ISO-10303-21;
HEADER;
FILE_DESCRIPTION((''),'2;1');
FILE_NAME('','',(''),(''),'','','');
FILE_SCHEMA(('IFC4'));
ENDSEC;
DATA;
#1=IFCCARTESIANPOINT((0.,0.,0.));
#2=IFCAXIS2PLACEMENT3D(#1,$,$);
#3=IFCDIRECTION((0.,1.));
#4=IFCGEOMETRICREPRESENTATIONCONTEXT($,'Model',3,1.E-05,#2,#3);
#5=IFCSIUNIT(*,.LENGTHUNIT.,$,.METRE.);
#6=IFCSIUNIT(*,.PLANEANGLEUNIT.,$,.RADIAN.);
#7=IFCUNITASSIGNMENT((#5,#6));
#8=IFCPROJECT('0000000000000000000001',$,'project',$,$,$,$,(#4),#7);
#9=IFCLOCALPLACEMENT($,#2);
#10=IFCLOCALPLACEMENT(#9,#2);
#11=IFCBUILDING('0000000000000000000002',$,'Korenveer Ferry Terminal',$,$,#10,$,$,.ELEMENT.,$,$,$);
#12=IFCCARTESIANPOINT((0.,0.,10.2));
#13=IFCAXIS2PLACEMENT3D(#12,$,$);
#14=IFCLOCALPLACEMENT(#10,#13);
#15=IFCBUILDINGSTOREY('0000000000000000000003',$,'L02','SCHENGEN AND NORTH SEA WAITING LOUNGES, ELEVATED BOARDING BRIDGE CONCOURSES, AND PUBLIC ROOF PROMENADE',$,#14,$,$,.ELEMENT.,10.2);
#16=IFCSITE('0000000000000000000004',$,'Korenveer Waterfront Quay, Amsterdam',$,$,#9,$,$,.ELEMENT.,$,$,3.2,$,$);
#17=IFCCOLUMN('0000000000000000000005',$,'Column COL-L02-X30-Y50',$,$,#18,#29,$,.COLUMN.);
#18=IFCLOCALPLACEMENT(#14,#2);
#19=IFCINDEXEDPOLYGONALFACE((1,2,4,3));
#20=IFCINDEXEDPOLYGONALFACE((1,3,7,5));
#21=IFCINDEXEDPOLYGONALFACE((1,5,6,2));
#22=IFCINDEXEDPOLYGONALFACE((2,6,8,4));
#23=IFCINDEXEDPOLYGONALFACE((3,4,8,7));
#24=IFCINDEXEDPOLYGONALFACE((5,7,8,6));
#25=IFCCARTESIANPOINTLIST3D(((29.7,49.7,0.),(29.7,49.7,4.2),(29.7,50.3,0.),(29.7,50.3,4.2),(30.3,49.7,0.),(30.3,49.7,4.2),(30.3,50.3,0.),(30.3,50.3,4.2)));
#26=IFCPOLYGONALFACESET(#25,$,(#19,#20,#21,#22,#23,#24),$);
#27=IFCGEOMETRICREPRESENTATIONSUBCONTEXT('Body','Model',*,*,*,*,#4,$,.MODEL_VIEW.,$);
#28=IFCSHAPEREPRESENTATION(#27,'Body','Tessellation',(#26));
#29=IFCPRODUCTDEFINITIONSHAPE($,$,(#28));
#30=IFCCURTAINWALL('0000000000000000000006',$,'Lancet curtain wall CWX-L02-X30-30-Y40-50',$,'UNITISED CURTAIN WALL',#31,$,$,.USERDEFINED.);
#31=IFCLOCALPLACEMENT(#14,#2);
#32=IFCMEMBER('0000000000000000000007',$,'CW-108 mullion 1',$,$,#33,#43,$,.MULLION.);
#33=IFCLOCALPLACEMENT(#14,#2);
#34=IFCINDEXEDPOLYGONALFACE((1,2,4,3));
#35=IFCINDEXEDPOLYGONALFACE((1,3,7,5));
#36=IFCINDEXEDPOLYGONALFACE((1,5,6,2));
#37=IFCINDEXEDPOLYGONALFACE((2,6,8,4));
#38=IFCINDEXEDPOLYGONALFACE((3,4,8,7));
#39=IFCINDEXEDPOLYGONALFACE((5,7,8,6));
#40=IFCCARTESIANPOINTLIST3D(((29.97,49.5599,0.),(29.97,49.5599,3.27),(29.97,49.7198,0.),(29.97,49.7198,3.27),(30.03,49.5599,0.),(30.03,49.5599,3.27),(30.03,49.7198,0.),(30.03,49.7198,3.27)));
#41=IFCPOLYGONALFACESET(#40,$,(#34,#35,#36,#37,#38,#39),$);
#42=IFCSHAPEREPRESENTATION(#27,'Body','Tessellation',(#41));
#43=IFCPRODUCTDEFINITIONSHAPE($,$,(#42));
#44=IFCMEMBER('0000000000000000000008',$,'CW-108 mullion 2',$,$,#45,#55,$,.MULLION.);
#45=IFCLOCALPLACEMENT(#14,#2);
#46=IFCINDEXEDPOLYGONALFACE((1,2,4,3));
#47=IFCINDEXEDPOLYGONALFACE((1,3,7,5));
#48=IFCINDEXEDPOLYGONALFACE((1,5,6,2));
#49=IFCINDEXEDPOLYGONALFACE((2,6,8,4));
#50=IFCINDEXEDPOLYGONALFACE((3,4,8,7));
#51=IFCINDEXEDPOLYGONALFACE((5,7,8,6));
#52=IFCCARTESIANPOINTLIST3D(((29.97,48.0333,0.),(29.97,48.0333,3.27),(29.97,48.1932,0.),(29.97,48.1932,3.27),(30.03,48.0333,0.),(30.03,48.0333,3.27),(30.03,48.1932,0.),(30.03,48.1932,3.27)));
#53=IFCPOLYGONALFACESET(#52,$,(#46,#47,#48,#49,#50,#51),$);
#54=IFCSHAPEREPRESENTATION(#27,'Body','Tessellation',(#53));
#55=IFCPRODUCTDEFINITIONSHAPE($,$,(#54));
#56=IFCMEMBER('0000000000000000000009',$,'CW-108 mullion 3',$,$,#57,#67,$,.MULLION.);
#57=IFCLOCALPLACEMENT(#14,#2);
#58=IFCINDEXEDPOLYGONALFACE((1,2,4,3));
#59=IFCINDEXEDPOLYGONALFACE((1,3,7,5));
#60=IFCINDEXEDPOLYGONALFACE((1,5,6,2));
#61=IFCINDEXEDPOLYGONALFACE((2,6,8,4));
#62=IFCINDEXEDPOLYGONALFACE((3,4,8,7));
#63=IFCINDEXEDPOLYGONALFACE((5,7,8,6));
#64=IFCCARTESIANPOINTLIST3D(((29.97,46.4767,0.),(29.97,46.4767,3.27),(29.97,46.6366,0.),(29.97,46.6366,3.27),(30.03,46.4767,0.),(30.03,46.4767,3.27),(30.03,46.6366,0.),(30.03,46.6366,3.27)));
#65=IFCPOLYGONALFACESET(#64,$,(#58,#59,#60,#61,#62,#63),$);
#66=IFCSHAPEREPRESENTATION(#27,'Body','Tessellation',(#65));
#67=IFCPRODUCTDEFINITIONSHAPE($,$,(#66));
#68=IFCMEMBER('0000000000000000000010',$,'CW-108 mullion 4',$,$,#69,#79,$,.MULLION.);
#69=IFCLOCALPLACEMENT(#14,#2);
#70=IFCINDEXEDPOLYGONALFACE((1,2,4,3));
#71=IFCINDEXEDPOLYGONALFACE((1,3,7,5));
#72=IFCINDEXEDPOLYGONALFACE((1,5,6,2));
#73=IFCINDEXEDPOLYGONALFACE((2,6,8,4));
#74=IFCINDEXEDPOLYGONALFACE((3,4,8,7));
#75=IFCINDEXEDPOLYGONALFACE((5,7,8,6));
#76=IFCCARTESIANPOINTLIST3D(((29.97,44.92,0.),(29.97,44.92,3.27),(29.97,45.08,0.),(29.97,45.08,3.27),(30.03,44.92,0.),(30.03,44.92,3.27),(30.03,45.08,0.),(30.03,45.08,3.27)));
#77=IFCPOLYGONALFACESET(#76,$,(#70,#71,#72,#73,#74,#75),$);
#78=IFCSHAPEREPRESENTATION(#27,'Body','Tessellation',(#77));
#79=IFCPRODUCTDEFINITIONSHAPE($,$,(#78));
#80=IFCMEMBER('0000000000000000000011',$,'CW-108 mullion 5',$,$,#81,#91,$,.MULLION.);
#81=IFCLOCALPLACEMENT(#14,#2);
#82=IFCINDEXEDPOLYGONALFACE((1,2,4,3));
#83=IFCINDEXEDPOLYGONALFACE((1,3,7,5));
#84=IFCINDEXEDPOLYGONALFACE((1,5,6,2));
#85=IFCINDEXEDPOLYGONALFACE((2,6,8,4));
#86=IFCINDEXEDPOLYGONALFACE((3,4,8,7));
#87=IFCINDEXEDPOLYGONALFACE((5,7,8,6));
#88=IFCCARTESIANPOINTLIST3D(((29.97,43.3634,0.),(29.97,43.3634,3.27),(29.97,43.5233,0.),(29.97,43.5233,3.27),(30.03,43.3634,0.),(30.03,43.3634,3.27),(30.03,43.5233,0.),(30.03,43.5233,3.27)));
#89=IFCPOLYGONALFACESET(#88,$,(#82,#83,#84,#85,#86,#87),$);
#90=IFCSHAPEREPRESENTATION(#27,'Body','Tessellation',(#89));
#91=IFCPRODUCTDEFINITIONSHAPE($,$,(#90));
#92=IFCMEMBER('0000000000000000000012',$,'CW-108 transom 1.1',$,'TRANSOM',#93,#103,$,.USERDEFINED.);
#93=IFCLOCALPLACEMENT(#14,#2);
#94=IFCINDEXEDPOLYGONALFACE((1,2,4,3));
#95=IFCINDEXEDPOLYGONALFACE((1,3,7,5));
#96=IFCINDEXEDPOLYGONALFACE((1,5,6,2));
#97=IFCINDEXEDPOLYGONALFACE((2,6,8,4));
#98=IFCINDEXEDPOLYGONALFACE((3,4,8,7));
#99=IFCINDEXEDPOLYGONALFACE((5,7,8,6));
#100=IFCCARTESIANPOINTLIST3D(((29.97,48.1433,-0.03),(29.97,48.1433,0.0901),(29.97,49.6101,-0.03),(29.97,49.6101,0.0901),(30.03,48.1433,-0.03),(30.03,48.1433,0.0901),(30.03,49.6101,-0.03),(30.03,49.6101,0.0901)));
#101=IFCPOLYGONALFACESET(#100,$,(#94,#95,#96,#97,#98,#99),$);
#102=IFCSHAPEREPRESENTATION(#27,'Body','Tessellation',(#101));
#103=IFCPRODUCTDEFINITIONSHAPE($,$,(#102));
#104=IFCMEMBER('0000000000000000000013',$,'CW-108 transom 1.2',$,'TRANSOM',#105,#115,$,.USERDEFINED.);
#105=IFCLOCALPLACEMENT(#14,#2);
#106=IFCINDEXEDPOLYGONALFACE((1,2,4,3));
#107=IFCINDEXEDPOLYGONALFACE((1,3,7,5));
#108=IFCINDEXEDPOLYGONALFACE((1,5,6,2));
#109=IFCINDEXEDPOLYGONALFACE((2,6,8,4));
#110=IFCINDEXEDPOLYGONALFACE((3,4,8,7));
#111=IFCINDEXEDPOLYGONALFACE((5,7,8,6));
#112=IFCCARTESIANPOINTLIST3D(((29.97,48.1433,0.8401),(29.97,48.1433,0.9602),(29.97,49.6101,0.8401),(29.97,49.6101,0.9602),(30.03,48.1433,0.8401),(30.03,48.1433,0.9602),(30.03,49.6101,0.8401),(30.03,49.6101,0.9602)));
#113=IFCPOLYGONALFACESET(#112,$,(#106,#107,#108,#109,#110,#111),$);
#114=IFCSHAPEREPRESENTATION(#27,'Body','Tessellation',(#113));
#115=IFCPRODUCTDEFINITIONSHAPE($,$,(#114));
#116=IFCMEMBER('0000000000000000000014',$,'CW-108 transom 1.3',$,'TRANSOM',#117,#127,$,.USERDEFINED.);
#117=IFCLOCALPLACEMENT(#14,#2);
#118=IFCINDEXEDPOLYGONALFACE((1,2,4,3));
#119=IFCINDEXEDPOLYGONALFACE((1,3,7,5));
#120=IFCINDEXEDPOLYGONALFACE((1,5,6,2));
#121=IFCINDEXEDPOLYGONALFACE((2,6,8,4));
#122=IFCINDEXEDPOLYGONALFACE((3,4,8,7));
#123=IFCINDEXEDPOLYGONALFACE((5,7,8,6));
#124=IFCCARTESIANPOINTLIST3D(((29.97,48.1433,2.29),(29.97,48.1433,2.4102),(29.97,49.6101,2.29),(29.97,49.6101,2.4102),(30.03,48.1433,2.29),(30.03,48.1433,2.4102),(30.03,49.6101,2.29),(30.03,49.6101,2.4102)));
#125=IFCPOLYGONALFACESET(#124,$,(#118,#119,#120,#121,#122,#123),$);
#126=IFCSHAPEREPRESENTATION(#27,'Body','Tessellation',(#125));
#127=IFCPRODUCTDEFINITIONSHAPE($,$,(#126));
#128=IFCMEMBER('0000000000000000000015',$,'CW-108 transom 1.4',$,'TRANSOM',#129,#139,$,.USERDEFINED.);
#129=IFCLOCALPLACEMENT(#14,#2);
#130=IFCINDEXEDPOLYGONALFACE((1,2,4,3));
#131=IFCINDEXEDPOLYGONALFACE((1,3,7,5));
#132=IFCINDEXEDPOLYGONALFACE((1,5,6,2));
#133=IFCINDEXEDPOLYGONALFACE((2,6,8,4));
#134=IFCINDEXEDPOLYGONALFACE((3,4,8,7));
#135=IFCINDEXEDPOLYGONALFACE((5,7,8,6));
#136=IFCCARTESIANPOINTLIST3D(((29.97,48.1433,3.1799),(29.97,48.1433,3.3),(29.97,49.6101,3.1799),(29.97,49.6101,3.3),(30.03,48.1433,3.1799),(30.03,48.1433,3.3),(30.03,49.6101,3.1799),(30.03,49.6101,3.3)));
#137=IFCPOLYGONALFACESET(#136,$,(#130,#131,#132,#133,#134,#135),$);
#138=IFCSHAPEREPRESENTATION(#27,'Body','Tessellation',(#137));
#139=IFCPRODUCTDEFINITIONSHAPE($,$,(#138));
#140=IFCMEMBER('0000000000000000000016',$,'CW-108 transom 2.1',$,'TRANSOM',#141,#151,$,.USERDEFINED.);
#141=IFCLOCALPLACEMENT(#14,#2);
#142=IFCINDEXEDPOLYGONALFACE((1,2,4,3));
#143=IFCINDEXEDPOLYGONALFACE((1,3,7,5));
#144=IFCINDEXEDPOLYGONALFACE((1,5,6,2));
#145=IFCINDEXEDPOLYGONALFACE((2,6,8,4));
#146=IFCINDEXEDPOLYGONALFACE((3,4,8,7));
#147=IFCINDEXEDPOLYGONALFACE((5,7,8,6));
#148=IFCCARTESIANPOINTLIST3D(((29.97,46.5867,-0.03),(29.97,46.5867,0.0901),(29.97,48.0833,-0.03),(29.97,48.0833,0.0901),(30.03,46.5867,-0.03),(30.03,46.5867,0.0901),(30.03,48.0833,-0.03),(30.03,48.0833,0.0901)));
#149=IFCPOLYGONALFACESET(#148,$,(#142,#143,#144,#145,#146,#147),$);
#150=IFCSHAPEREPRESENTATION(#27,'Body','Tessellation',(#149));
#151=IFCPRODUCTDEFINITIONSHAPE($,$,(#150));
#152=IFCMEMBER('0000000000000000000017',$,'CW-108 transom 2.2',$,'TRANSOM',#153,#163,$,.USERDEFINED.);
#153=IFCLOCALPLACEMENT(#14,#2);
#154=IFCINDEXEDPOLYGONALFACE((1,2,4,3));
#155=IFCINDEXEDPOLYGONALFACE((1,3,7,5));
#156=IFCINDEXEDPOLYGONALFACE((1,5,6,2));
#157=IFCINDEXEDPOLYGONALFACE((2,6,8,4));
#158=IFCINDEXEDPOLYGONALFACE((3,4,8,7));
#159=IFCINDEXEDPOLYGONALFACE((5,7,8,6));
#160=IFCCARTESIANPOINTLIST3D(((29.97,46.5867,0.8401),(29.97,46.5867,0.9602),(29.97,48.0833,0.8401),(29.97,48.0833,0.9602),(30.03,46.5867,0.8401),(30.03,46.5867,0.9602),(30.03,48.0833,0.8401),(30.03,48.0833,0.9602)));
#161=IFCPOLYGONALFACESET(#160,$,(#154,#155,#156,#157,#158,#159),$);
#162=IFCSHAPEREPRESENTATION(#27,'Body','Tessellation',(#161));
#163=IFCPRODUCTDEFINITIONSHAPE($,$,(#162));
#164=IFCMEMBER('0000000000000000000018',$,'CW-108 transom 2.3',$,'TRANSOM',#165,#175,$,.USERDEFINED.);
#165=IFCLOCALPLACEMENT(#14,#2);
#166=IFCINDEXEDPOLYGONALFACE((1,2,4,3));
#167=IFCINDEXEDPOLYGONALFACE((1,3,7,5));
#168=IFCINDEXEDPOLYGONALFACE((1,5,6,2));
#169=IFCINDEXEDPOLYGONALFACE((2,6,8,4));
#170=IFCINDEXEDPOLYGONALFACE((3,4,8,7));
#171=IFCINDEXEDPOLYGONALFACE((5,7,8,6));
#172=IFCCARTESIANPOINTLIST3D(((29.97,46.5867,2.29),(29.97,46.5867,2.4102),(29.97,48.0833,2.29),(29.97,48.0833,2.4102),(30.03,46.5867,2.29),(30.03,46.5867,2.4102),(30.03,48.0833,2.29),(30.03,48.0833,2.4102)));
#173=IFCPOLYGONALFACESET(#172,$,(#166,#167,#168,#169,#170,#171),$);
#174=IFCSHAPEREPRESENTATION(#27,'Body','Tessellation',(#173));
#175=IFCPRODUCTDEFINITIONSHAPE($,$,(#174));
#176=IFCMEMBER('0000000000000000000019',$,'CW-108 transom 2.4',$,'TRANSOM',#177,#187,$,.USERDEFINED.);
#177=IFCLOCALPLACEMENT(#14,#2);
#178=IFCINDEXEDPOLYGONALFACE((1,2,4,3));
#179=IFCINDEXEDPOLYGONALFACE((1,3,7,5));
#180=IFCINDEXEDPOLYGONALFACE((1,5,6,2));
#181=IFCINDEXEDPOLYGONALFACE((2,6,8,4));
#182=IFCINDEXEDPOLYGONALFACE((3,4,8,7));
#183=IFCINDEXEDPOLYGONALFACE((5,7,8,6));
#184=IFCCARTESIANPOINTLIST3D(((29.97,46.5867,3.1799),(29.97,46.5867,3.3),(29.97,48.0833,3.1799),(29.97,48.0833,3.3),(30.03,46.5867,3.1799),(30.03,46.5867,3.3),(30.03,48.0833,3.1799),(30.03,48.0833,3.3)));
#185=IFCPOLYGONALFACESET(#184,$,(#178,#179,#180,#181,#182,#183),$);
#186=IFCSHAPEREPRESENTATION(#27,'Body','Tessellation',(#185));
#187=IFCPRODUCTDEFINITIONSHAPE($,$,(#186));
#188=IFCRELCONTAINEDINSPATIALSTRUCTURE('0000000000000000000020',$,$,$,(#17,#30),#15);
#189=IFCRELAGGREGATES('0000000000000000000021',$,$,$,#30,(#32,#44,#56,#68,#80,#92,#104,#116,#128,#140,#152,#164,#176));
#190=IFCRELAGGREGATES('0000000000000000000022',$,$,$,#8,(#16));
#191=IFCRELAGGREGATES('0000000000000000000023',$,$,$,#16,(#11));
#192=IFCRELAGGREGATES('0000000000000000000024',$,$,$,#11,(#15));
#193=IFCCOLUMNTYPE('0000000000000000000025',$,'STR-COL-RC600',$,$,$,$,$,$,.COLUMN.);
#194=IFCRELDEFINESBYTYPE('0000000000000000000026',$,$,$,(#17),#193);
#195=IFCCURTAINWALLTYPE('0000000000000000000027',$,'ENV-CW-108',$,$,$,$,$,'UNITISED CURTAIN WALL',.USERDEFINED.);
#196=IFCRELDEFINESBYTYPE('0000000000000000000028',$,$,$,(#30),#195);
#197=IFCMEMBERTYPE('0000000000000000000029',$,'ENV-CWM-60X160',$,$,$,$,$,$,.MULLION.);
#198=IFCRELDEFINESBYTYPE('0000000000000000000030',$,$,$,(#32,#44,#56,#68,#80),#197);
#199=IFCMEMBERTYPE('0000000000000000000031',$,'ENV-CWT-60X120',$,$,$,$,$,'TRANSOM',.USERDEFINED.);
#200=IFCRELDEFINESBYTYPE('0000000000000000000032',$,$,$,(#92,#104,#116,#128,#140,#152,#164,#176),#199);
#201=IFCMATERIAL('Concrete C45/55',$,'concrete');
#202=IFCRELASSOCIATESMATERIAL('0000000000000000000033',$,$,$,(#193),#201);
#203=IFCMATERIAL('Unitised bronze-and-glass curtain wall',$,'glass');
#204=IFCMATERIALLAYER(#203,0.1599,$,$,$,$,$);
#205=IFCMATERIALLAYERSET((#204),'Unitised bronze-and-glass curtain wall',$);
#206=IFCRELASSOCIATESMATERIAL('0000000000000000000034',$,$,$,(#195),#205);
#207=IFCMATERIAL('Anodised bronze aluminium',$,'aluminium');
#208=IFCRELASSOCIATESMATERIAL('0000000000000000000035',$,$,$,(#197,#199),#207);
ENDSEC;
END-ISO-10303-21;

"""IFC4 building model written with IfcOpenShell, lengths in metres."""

from ifc_helpers import new_model, si_unit, direction, frame, origin, origin_2d, place, context, subcontext, project, spatial, rectangle, extrude, material, layer, layer_set, material_profile, profile_set, type_object, element, aggregate, save


model = new_model("IFC4")

# Units and contexts
model_context = context("Model", 3, precision=1e-05, world=origin(), true_north=direction((0.0, 1.0)))
body_context = subcontext(model_context, "Body", "Model", "MODEL_VIEW")
ifc_project = project(units=[si_unit("LENGTHUNIT", "METRE"), si_unit("PLANEANGLEUNIT", "RADIAN")], contexts=[model_context])

# Site, building, storey
site_placement = place(None, origin())
site = spatial("IfcSite", under=ifc_project, at=site_placement, Name="Korenveer Waterfront Quay, Amsterdam", CompositionType="ELEMENT", RefElevation=3.2)
building_placement = place(site_placement, origin())
building = spatial("IfcBuilding", under=site, at=building_placement, Name="Korenveer Ferry Terminal", CompositionType="ELEMENT")
storey_placement = place(building_placement, frame((0.0, 0.0, 10.2)))
storey = spatial("IfcBuildingStorey", under=building, at=storey_placement, Name="L02", Description="SCHENGEN AND NORTH SEA WAITING LOUNGES, ELEVATED BOARDING BRIDGE CONCOURSES, AND PUBLIC ROOF PROMENADE", CompositionType="ELEMENT", Elevation=10.2)

# Column
ifc_material_1 = material(Name="Concrete C45/55", Category="concrete")
ifc_material_profile_1 = material_profile(ifc_material_1, rectangle(XDim=0.6001, YDim=0.6001, at=origin_2d()), Name="RC 600x600")
ifc_profile_set_1 = profile_set([ifc_material_profile_1], Name="Concrete C45/55")
column_type = type_object("IfcColumnType", Name="STR-COL-RC600", PredefinedType="COLUMN", material=ifc_profile_set_1)
column_placement = place(storey_placement, frame((30.0, 50.0, 0.0), z_axis=(0.0, 0.0, 1.0), x_axis=(1.0, 0.0, 0.0)))
element("IfcColumn", 1, at=column_placement, inside=storey, type_object=column_type, Name="Column COL-L02-X30-Y50", PredefinedType="COLUMN", context=body_context, shape_type="SweptSolid", body=[
    extrude(rectangle(XDim=0.6001, YDim=0.6001, at=origin_2d()), origin(), (0.0, 0.0, 1.0), 4.2),
])

# Curtain wall, members
ifc_material_2 = material(Name="Unitised bronze-and-glass curtain wall", Category="glass")
ifc_layer_1 = layer(ifc_material_2, 0.1599)
ifc_layer_set_1 = layer_set([ifc_layer_1], Name="Unitised bronze-and-glass curtain wall")
curtain_wall_type = type_object("IfcCurtainWallType", Name="ENV-CW-108", ElementType="UNITISED CURTAIN WALL", PredefinedType="USERDEFINED", material=ifc_layer_set_1)
curtain_wall_placement = place(storey_placement, frame((30.0, 49.6699, 0.0)))
curtain_wall = element("IfcCurtainWall", 2, at=curtain_wall_placement, inside=storey, type_object=curtain_wall_type, Name="Lancet curtain wall CWX-L02-X30-30-Y40-50", ObjectType="UNITISED CURTAIN WALL", PredefinedType="USERDEFINED")
ifc_material_3 = material(Name="Anodised bronze aluminium", Category="aluminium")
ifc_material_profile_2 = material_profile(ifc_material_3, rectangle(XDim=0.0601, YDim=0.1599, at=origin_2d()), Name="ALU 60x160")
ifc_profile_set_2 = profile_set([ifc_material_profile_2], Name="Anodised bronze aluminium")
member_type_1 = type_object("IfcMemberType", Name="ENV-CWM-60X160", PredefinedType="MULLION", material=ifc_profile_set_2)
member_1_placement = place(storey_placement, frame((30.0, 49.6399, 0.0), z_axis=(0.0, 0.0, 1.0), x_axis=(1.0, 0.0, 0.0)))
member_1 = element("IfcMember", 3, at=member_1_placement, type_object=member_type_1, Name="CW-108 mullion 1", PredefinedType="MULLION", context=body_context, shape_type="SweptSolid", body=[
    extrude(rectangle(XDim=0.0601, YDim=0.1599, at=origin_2d()), origin(), (0.0, 0.0, 1.0), 3.27),
])
member_2_placement = place(storey_placement, frame((30.0, 48.1133, 0.0), z_axis=(0.0, 0.0, 1.0), x_axis=(1.0, 0.0, 0.0)))
member_2 = element("IfcMember", 4, at=member_2_placement, type_object=member_type_1, Name="CW-108 mullion 2", PredefinedType="MULLION", context=body_context, shape_type="SweptSolid", body=[
    extrude(rectangle(XDim=0.0601, YDim=0.1599, at=origin_2d()), origin(), (0.0, 0.0, 1.0), 3.27),
])
member_3_placement = place(storey_placement, frame((30.0, 46.5566, 0.0), z_axis=(0.0, 0.0, 1.0), x_axis=(1.0, 0.0, 0.0)))
member_3 = element("IfcMember", 5, at=member_3_placement, type_object=member_type_1, Name="CW-108 mullion 3", PredefinedType="MULLION", context=body_context, shape_type="SweptSolid", body=[
    extrude(rectangle(XDim=0.0601, YDim=0.1599, at=origin_2d()), origin(), (0.0, 0.0, 1.0), 3.27),
])
member_4_placement = place(storey_placement, frame((30.0, 45.0, 0.0), z_axis=(0.0, 0.0, 1.0), x_axis=(1.0, 0.0, 0.0)))
member_4 = element("IfcMember", 6, at=member_4_placement, type_object=member_type_1, Name="CW-108 mullion 4", PredefinedType="MULLION", context=body_context, shape_type="SweptSolid", body=[
    extrude(rectangle(XDim=0.0601, YDim=0.1599, at=origin_2d()), origin(), (0.0, 0.0, 1.0), 3.27),
])
member_5_placement = place(storey_placement, frame((30.0, 43.4434, 0.0), z_axis=(0.0, 0.0, 1.0), x_axis=(1.0, 0.0, 0.0)))
member_5 = element("IfcMember", 7, at=member_5_placement, type_object=member_type_1, Name="CW-108 mullion 5", PredefinedType="MULLION", context=body_context, shape_type="SweptSolid", body=[
    extrude(rectangle(XDim=0.0601, YDim=0.1599, at=origin_2d()), origin(), (0.0, 0.0, 1.0), 3.27),
])
ifc_material_profile_3 = material_profile(ifc_material_3, rectangle(XDim=0.0601, YDim=0.1201, at=origin_2d()), Name="ALU 60x120")
ifc_profile_set_3 = profile_set([ifc_material_profile_3], Name="Anodised bronze aluminium")
member_type_2 = type_object("IfcMemberType", Name="ENV-CWT-60X120", ElementType="TRANSOM", PredefinedType="USERDEFINED", material=ifc_profile_set_3)
member_6_placement = place(storey_placement, frame((30.0, 49.6101, 0.03), z_axis=(0.0, -1.0, 0.0), x_axis=(1.0, 0.0, 0.0)))
member_6 = element("IfcMember", 8, at=member_6_placement, type_object=member_type_2, Name="CW-108 transom 1.1", ObjectType="TRANSOM", PredefinedType="USERDEFINED", context=body_context, shape_type="SweptSolid", body=[
    extrude(rectangle(XDim=0.0601, YDim=0.1201, at=origin_2d()), origin(), (0.0, 0.0, 1.0), 1.4668),
])
member_7_placement = place(storey_placement, frame((30.0, 49.6101, 0.9001), z_axis=(0.0, -1.0, 0.0), x_axis=(1.0, 0.0, 0.0)))
member_7 = element("IfcMember", 9, at=member_7_placement, type_object=member_type_2, Name="CW-108 transom 1.2", ObjectType="TRANSOM", PredefinedType="USERDEFINED", context=body_context, shape_type="SweptSolid", body=[
    extrude(rectangle(XDim=0.0601, YDim=0.1201, at=origin_2d()), origin(), (0.0, 0.0, 1.0), 1.4668),
])
member_8_placement = place(storey_placement, frame((30.0, 49.6101, 2.3501), z_axis=(0.0, -1.0, 0.0), x_axis=(1.0, 0.0, 0.0)))
member_8 = element("IfcMember", 10, at=member_8_placement, type_object=member_type_2, Name="CW-108 transom 1.3", ObjectType="TRANSOM", PredefinedType="USERDEFINED", context=body_context, shape_type="SweptSolid", body=[
    extrude(rectangle(XDim=0.0601, YDim=0.1201, at=origin_2d()), origin(), (0.0, 0.0, 1.0), 1.4668),
])
member_9_placement = place(storey_placement, frame((30.0, 49.6101, 3.24), z_axis=(0.0, -1.0, 0.0), x_axis=(1.0, 0.0, 0.0)))
member_9 = element("IfcMember", 11, at=member_9_placement, type_object=member_type_2, Name="CW-108 transom 1.4", ObjectType="TRANSOM", PredefinedType="USERDEFINED", context=body_context, shape_type="SweptSolid", body=[
    extrude(rectangle(XDim=0.0601, YDim=0.1201, at=origin_2d()), origin(), (0.0, 0.0, 1.0), 1.4668),
])
member_10_placement = place(storey_placement, frame((30.0, 48.0833, 0.03), z_axis=(0.0, -1.0, 0.0), x_axis=(1.0, 0.0, 0.0)))
member_10 = element("IfcMember", 12, at=member_10_placement, type_object=member_type_2, Name="CW-108 transom 2.1", ObjectType="TRANSOM", PredefinedType="USERDEFINED", context=body_context, shape_type="SweptSolid", body=[
    extrude(rectangle(XDim=0.0601, YDim=0.1201, at=origin_2d()), origin(), (0.0, 0.0, 1.0), 1.4966),
])
member_11_placement = place(storey_placement, frame((30.0, 48.0833, 0.9001), z_axis=(0.0, -1.0, 0.0), x_axis=(1.0, 0.0, 0.0)))
member_11 = element("IfcMember", 13, at=member_11_placement, type_object=member_type_2, Name="CW-108 transom 2.2", ObjectType="TRANSOM", PredefinedType="USERDEFINED", context=body_context, shape_type="SweptSolid", body=[
    extrude(rectangle(XDim=0.0601, YDim=0.1201, at=origin_2d()), origin(), (0.0, 0.0, 1.0), 1.4966),
])
member_12_placement = place(storey_placement, frame((30.0, 48.0833, 2.3501), z_axis=(0.0, -1.0, 0.0), x_axis=(1.0, 0.0, 0.0)))
member_12 = element("IfcMember", 14, at=member_12_placement, type_object=member_type_2, Name="CW-108 transom 2.3", ObjectType="TRANSOM", PredefinedType="USERDEFINED", context=body_context, shape_type="SweptSolid", body=[
    extrude(rectangle(XDim=0.0601, YDim=0.1201, at=origin_2d()), origin(), (0.0, 0.0, 1.0), 1.4966),
])
member_13_placement = place(storey_placement, frame((30.0, 48.0833, 3.24), z_axis=(0.0, -1.0, 0.0), x_axis=(1.0, 0.0, 0.0)))
member_13 = element("IfcMember", 15, at=member_13_placement, type_object=member_type_2, Name="CW-108 transom 2.4", ObjectType="TRANSOM", PredefinedType="USERDEFINED", context=body_context, shape_type="SweptSolid", body=[
    extrude(rectangle(XDim=0.0601, YDim=0.1201, at=origin_2d()), origin(), (0.0, 0.0, 1.0), 1.4966),
])
aggregate(curtain_wall, [member_1, member_2, member_3, member_4, member_5, member_6, member_7, member_8, member_9, member_10, member_11, member_12, member_13])

save(model, "model.ifc")
